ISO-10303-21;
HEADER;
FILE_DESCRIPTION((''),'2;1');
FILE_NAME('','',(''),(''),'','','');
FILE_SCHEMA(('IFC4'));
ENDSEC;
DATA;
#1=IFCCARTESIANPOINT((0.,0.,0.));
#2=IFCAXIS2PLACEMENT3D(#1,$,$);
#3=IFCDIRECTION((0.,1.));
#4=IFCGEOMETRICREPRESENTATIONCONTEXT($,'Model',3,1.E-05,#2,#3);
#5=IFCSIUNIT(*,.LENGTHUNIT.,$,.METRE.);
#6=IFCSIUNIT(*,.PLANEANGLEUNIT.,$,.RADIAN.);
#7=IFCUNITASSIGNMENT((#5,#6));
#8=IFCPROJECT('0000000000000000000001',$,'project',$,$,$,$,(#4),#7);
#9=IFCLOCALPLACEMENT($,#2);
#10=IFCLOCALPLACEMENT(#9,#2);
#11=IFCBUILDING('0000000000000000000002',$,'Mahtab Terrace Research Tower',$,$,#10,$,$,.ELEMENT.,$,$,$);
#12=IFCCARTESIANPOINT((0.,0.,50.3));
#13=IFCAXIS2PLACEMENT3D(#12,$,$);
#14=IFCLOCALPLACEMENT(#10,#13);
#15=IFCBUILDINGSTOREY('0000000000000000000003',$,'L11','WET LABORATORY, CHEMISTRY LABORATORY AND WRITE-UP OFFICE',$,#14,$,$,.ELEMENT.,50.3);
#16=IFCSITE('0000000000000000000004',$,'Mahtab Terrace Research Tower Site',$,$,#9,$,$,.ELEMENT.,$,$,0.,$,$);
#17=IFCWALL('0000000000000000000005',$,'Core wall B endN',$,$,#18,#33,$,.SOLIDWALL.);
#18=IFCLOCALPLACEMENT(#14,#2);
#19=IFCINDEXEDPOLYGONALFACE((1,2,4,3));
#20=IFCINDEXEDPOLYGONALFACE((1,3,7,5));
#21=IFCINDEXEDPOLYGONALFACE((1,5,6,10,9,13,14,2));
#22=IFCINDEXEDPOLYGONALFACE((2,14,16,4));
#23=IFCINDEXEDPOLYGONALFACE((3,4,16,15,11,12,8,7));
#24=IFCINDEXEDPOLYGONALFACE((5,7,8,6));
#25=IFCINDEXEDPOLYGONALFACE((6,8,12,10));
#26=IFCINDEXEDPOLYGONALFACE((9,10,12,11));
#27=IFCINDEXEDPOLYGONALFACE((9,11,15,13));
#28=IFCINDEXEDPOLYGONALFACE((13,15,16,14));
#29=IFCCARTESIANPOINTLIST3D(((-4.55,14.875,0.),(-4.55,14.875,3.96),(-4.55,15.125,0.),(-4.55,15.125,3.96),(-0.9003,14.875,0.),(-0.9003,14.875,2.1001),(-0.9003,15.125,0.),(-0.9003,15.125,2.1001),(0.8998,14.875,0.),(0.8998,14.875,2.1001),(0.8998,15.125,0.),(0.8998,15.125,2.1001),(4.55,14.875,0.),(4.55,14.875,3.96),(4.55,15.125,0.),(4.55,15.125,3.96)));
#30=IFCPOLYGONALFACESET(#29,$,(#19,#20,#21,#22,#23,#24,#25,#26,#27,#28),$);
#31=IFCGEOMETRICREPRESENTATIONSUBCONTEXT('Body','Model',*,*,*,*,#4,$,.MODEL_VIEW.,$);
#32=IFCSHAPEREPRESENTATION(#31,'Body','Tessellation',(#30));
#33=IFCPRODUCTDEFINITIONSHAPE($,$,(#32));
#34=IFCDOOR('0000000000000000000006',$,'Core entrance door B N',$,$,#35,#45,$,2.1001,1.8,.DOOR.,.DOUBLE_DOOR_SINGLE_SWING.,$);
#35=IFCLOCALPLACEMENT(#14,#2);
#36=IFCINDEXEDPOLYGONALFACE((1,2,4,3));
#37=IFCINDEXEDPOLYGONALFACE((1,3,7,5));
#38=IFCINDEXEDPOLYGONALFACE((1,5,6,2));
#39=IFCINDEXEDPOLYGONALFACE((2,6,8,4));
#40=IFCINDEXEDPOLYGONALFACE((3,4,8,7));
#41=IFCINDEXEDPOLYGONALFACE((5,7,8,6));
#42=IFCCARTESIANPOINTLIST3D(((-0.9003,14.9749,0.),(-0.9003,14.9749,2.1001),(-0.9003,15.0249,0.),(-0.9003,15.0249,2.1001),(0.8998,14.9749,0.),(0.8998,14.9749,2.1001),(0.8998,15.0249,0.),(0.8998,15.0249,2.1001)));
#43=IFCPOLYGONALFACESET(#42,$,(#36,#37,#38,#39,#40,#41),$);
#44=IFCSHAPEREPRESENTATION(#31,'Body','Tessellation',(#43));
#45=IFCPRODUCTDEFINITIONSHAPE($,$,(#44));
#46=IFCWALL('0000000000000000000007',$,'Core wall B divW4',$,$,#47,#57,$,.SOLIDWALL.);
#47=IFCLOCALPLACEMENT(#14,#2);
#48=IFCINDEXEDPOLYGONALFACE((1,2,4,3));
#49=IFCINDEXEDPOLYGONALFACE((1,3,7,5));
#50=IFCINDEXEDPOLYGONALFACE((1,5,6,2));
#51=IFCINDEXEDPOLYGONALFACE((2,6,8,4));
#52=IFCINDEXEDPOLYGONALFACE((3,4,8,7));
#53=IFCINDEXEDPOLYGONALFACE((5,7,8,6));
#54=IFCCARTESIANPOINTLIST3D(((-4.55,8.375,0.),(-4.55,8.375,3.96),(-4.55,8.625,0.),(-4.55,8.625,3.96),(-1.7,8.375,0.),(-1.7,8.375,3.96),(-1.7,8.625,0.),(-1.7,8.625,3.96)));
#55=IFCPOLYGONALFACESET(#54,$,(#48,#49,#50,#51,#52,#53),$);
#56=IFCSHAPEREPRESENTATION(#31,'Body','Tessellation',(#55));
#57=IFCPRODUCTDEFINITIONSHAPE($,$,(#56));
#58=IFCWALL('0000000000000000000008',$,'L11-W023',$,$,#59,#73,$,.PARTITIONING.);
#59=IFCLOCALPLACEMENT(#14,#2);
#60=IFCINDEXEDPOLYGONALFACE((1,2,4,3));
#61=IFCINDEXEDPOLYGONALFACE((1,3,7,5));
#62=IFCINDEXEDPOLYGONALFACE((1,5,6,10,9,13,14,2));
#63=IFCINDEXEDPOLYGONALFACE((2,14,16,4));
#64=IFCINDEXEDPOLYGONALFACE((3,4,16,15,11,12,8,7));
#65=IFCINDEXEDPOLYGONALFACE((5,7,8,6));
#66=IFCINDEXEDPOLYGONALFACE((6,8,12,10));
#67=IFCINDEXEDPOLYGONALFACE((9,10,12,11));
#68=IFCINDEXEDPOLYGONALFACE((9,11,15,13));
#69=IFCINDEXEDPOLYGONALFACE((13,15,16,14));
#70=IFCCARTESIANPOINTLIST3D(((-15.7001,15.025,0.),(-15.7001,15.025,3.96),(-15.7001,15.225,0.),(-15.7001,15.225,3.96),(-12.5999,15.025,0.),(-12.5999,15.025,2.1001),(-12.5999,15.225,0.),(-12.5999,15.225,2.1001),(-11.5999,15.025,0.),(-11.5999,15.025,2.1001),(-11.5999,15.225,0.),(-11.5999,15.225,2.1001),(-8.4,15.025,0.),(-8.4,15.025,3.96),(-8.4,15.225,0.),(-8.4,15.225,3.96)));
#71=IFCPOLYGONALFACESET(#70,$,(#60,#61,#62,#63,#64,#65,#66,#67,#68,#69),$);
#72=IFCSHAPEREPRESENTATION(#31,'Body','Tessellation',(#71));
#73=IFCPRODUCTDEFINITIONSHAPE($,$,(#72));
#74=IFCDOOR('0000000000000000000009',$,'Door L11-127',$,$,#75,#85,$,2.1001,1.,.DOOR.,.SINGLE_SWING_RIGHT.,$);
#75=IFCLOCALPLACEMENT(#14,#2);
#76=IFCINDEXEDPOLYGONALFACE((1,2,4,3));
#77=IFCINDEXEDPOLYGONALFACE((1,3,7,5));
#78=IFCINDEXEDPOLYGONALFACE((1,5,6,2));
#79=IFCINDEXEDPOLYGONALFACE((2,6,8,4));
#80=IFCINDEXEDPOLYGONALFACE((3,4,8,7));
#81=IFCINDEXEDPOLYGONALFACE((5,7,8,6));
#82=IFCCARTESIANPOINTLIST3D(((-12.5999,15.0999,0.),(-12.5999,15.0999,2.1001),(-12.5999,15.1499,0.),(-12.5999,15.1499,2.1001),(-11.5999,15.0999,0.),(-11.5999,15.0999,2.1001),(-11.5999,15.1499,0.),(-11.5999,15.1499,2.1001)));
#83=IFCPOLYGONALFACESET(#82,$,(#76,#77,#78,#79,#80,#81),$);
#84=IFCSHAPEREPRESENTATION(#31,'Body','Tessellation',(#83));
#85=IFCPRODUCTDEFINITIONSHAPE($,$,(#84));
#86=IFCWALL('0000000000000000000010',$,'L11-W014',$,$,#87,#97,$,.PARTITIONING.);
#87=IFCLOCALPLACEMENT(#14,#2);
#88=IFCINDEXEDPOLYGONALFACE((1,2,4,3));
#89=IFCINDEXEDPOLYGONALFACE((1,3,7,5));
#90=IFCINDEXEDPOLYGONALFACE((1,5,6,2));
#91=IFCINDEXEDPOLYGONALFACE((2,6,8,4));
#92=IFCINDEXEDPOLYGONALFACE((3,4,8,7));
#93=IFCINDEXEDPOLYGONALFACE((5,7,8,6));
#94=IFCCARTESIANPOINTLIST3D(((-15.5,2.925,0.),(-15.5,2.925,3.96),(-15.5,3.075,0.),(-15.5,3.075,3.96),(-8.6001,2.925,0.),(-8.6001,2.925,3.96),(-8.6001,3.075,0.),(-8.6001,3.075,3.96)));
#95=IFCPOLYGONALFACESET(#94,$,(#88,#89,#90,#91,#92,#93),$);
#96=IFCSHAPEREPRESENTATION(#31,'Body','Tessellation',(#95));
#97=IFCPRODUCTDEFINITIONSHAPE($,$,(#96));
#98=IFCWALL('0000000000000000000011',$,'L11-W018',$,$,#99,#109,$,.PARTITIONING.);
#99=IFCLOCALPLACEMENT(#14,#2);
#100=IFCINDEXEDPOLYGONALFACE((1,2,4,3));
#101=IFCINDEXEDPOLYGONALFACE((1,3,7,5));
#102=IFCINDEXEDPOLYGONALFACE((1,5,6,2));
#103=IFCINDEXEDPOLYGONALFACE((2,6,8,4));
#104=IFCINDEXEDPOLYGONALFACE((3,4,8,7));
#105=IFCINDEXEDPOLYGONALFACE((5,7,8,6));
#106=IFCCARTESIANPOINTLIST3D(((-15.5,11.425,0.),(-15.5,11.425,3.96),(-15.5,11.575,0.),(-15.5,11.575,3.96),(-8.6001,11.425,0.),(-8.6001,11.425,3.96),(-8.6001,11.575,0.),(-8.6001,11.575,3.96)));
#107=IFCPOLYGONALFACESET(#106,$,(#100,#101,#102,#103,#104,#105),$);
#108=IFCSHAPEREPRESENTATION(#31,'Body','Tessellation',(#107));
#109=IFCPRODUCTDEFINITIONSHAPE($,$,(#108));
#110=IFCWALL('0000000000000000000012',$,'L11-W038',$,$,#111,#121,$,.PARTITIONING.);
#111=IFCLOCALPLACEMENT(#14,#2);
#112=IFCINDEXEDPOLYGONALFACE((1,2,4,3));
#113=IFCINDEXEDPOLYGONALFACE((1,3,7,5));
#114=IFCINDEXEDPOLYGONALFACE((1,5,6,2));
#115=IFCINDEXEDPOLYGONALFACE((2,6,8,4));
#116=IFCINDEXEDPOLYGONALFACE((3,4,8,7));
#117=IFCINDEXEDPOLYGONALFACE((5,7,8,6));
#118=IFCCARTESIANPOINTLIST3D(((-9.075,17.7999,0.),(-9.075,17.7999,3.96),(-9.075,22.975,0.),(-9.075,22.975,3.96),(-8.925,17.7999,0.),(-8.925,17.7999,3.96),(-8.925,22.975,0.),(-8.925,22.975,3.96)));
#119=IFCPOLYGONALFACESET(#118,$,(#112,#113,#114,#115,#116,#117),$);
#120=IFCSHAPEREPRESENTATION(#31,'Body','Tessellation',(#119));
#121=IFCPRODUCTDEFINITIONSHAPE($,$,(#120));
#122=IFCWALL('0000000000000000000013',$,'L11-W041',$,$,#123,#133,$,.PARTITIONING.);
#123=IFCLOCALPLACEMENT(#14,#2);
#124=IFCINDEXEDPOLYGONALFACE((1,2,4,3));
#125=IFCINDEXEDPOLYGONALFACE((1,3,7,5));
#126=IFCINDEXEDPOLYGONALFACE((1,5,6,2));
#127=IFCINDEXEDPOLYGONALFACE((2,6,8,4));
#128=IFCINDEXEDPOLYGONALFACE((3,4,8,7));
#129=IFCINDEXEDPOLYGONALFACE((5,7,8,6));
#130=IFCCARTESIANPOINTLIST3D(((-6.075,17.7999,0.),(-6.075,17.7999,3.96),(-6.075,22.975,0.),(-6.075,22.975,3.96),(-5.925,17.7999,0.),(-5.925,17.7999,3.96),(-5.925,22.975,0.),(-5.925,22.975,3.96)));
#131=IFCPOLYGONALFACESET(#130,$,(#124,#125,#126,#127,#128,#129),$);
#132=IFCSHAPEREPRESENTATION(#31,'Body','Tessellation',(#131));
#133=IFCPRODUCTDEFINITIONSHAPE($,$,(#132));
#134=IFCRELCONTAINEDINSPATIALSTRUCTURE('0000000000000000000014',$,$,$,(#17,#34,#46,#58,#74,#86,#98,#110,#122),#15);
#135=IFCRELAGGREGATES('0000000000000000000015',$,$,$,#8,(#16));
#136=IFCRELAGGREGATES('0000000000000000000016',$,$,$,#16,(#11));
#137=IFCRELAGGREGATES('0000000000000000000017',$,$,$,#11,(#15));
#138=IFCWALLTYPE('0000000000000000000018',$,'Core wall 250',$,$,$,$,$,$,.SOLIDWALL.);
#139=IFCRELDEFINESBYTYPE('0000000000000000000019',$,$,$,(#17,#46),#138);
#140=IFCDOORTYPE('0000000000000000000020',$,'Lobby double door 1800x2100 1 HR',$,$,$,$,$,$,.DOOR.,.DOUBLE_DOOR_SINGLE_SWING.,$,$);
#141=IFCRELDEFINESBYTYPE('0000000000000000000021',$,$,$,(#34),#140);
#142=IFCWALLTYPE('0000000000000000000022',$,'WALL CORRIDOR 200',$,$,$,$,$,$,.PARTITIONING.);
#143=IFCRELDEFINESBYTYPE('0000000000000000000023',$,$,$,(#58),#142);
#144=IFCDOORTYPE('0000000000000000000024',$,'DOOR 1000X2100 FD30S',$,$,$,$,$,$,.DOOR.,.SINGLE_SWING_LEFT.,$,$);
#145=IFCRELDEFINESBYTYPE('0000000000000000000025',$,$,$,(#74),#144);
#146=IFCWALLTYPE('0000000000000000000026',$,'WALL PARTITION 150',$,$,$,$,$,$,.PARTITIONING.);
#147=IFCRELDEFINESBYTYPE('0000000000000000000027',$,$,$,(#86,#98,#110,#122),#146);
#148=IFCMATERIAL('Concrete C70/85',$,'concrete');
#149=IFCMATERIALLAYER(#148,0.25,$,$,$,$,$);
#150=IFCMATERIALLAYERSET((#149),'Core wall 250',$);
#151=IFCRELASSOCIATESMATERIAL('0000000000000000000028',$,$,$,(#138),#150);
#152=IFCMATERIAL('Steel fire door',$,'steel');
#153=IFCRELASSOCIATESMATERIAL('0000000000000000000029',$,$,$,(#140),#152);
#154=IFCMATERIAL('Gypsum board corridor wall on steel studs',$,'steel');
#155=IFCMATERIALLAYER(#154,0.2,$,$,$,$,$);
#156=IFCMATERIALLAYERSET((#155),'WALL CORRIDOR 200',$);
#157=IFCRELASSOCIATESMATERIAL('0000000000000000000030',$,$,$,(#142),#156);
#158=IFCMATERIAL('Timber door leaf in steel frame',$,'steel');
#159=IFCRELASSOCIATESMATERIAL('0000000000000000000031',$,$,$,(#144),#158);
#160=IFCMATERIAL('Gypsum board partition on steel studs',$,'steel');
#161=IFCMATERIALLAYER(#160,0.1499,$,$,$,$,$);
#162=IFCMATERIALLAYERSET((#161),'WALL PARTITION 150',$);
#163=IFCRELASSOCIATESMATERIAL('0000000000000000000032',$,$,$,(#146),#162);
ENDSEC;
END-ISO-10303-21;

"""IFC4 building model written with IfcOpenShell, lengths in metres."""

from ifc_helpers import new_model, si_unit, direction, frame, frame_2d, origin, place, context, subcontext, project, spatial, rectangle, extrude, material, layer, layer_set, type_object, element, fill, save


model = new_model("IFC4")

# Units and contexts
model_context = context("Model", 3, precision=1e-05, world=origin(), true_north=direction((0.0, 1.0)))
body_context = subcontext(model_context, "Body", "Model", "MODEL_VIEW")
ifc_project = project(units=[si_unit("LENGTHUNIT", "METRE"), si_unit("PLANEANGLEUNIT", "RADIAN")], contexts=[model_context])

# Site, building, storey
site_placement = place(None, origin())
site = spatial("IfcSite", under=ifc_project, at=site_placement, Name="Mahtab Terrace Research Tower Site", CompositionType="ELEMENT", RefElevation=0.0)
building_placement = place(site_placement, origin())
building = spatial("IfcBuilding", under=site, at=building_placement, Name="Mahtab Terrace Research Tower", CompositionType="ELEMENT")
storey_placement = place(building_placement, frame((0.0, 0.0, 50.3)))
storey = spatial("IfcBuildingStorey", under=building, at=storey_placement, Name="L11", Description="WET LABORATORY, CHEMISTRY LABORATORY AND WRITE-UP OFFICE", CompositionType="ELEMENT", Elevation=50.3)

# Shared definitions
ifc_material_1 = material(Name="Concrete C70/85", Category="concrete")

# Shared definitions
ifc_layer_1 = layer(ifc_material_1, 0.25)
ifc_layer_set_1 = layer_set([ifc_layer_1], Name="Core wall 250")
wall_type_1 = type_object("IfcWallType", Name="Core wall 250", PredefinedType="SOLIDWALL", material=ifc_layer_set_1)

# Wall, opening, door
wall_1_placement = place(storey_placement, frame((-4.55, 15.0, 0.0), z_axis=(0.0, 0.0, 1.0), x_axis=(1.0, 0.0, 0.0)))
wall_1 = element("IfcWall", 1, at=wall_1_placement, inside=storey, type_object=wall_type_1, Name="Core wall B endN", PredefinedType="SOLIDWALL", context=body_context, shape_type="SweptSolid", body=[
    extrude(rectangle(XDim=9.1001, YDim=0.25, at=frame_2d((4.55, 0.0))), origin(), (0.0, 0.0, 1.0), 3.96),
])
opening_1_placement = place(wall_1_placement, frame((3.6499, 0.0, 0.0)))
opening_1 = element("IfcOpeningElement", 2, at=opening_1_placement, cuts=wall_1, PredefinedType="OPENING", context=body_context, shape_type="SweptSolid", body=[
    extrude(rectangle(XDim=1.8, YDim=2.1001, at=frame_2d((0.8999, 1.05))), frame((0.0, 0.135, 0.0), z_axis=(0.0, -1.0, 0.0), x_axis=(1.0, 0.0, 0.0)), (0.0, 0.0, 1.0), 0.27),
])
ifc_material_2 = material(Name="Steel fire door", Category="steel")
door_type_1 = type_object("IfcDoorType", Name="Lobby double door 1800x2100 1 HR", OperationType="DOUBLE_DOOR_SINGLE_SWING", PredefinedType="DOOR", material=ifc_material_2)
door_1_placement = place(opening_1_placement, origin())
door_1 = element("IfcDoor", 3, at=door_1_placement, inside=storey, type_object=door_type_1, Name="Core entrance door B N", OperationType="DOUBLE_DOOR_SINGLE_SWING", OverallHeight=2.1001, OverallWidth=1.8, PredefinedType="DOOR", context=body_context, shape_type="SweptSolid", body=[
    extrude(rectangle(XDim=1.8, YDim=2.1001, at=frame_2d((0.8999, 1.05))), frame((0.0, 0.0249, 0.0), z_axis=(0.0, -1.0, 0.0), x_axis=(1.0, 0.0, 0.0)), (0.0, 0.0, 1.0), 0.05),
])
fill(opening_1, door_1)

# Wall
wall_2_placement = place(storey_placement, frame((-4.55, 8.5, 0.0), z_axis=(0.0, 0.0, 1.0), x_axis=(1.0, 0.0, 0.0)))
element("IfcWall", 4, at=wall_2_placement, inside=storey, type_object=wall_type_1, Name="Core wall B divW4", PredefinedType="SOLIDWALL", context=body_context, shape_type="SweptSolid", body=[
    extrude(rectangle(XDim=2.8501, YDim=0.25, at=frame_2d((1.425, 0.0))), origin(), (0.0, 0.0, 1.0), 3.96),
])

# Wall, opening, door
ifc_material_3 = material(Name="Gypsum board corridor wall on steel studs", Category="steel")
ifc_layer_2 = layer(ifc_material_3, 0.2)
ifc_layer_set_2 = layer_set([ifc_layer_2], Name="WALL CORRIDOR 200")
wall_type_2 = type_object("IfcWallType", Name="WALL CORRIDOR 200", PredefinedType="PARTITIONING", material=ifc_layer_set_2)
wall_3_placement = place(storey_placement, frame((-15.7, 15.125, 0.0), z_axis=(0.0, 0.0, 1.0), x_axis=(1.0, 0.0, 0.0)))
wall_3 = element("IfcWall", 5, at=wall_3_placement, inside=storey, type_object=wall_type_2, Name="L11-W023", PredefinedType="PARTITIONING", context=body_context, shape_type="SweptSolid", body=[
    extrude(rectangle(XDim=7.3, YDim=0.2, at=frame_2d((3.6499, 0.0))), origin(), (0.0, 0.0, 1.0), 3.96),
])
opening_2_placement = place(wall_3_placement, frame((3.1001, 0.0, 0.0)))
opening_2 = element("IfcOpeningElement", 6, at=opening_2_placement, cuts=wall_3, PredefinedType="OPENING", context=body_context, shape_type="SweptSolid", body=[
    extrude(rectangle(XDim=1.0, YDim=2.1001, at=frame_2d((0.5, 1.05))), frame((0.0, 0.1099, 0.0), z_axis=(0.0, -1.0, 0.0), x_axis=(1.0, 0.0, 0.0)), (0.0, 0.0, 1.0), 0.22),
])
ifc_material_4 = material(Name="Timber door leaf in steel frame", Category="steel")
door_type_2 = type_object("IfcDoorType", Name="DOOR 1000X2100 FD30S", OperationType="SINGLE_SWING_LEFT", PredefinedType="DOOR", material=ifc_material_4)
door_2_placement = place(opening_2_placement, origin())
door_2 = element("IfcDoor", 7, at=door_2_placement, inside=storey, type_object=door_type_2, Name="Door L11-127", OperationType="SINGLE_SWING_RIGHT", OverallHeight=2.1001, OverallWidth=1.0, PredefinedType="DOOR", context=body_context, shape_type="SweptSolid", body=[
    extrude(rectangle(XDim=1.0, YDim=2.1001, at=frame_2d((0.5, 1.05))), frame((0.0, 0.0249, 0.0), z_axis=(0.0, -1.0, 0.0), x_axis=(1.0, 0.0, 0.0)), (0.0, 0.0, 1.0), 0.05),
])
fill(opening_2, door_2)

# Walls
ifc_material_5 = material(Name="Gypsum board partition on steel studs", Category="steel")
ifc_layer_3 = layer(ifc_material_5, 0.1499)
ifc_layer_set_3 = layer_set([ifc_layer_3], Name="WALL PARTITION 150")
wall_type_3 = type_object("IfcWallType", Name="WALL PARTITION 150", PredefinedType="PARTITIONING", material=ifc_layer_set_3)
for number, where, z_axis, x_axis, name in (
    (8, (-15.5, 3.0, 0.0), (0.0, 0.0, 1.0), (1.0, 0.0, 0.0), "L11-W014"),
    (9, (-15.5, 11.5, 0.0), (0.0, 0.0, 1.0), (1.0, 0.0, 0.0), "L11-W018"),
):
    element("IfcWall", number, at=place(storey_placement, frame(where, z_axis=z_axis, x_axis=x_axis)), inside=storey, type_object=wall_type_3, Name=name, PredefinedType="PARTITIONING", context=body_context, shape_type="SweptSolid", body=[
        extrude(rectangle(XDim=6.8999, YDim=0.1499, at=frame_2d((3.45, 0.0))), origin(), (0.0, 0.0, 1.0), 3.96),
    ])
for number, where, z_axis, x_axis, name in (
    (10, (-9.0, 17.8, 0.0), (0.0, 0.0, 1.0), (0.0, 1.0, 0.0), "L11-W038"),
    (11, (-6.0, 17.8, 0.0), (0.0, 0.0, 1.0), (0.0, 1.0, 0.0), "L11-W041"),
):
    element("IfcWall", number, at=place(storey_placement, frame(where, z_axis=z_axis, x_axis=x_axis)), inside=storey, type_object=wall_type_3, Name=name, PredefinedType="PARTITIONING", context=body_context, shape_type="SweptSolid", body=[
        extrude(rectangle(XDim=5.175, YDim=0.1499, at=frame_2d((2.5874, 0.0))), origin(), (0.0, 0.0, 1.0), 3.96),
    ])

save(model, "model.ifc")
